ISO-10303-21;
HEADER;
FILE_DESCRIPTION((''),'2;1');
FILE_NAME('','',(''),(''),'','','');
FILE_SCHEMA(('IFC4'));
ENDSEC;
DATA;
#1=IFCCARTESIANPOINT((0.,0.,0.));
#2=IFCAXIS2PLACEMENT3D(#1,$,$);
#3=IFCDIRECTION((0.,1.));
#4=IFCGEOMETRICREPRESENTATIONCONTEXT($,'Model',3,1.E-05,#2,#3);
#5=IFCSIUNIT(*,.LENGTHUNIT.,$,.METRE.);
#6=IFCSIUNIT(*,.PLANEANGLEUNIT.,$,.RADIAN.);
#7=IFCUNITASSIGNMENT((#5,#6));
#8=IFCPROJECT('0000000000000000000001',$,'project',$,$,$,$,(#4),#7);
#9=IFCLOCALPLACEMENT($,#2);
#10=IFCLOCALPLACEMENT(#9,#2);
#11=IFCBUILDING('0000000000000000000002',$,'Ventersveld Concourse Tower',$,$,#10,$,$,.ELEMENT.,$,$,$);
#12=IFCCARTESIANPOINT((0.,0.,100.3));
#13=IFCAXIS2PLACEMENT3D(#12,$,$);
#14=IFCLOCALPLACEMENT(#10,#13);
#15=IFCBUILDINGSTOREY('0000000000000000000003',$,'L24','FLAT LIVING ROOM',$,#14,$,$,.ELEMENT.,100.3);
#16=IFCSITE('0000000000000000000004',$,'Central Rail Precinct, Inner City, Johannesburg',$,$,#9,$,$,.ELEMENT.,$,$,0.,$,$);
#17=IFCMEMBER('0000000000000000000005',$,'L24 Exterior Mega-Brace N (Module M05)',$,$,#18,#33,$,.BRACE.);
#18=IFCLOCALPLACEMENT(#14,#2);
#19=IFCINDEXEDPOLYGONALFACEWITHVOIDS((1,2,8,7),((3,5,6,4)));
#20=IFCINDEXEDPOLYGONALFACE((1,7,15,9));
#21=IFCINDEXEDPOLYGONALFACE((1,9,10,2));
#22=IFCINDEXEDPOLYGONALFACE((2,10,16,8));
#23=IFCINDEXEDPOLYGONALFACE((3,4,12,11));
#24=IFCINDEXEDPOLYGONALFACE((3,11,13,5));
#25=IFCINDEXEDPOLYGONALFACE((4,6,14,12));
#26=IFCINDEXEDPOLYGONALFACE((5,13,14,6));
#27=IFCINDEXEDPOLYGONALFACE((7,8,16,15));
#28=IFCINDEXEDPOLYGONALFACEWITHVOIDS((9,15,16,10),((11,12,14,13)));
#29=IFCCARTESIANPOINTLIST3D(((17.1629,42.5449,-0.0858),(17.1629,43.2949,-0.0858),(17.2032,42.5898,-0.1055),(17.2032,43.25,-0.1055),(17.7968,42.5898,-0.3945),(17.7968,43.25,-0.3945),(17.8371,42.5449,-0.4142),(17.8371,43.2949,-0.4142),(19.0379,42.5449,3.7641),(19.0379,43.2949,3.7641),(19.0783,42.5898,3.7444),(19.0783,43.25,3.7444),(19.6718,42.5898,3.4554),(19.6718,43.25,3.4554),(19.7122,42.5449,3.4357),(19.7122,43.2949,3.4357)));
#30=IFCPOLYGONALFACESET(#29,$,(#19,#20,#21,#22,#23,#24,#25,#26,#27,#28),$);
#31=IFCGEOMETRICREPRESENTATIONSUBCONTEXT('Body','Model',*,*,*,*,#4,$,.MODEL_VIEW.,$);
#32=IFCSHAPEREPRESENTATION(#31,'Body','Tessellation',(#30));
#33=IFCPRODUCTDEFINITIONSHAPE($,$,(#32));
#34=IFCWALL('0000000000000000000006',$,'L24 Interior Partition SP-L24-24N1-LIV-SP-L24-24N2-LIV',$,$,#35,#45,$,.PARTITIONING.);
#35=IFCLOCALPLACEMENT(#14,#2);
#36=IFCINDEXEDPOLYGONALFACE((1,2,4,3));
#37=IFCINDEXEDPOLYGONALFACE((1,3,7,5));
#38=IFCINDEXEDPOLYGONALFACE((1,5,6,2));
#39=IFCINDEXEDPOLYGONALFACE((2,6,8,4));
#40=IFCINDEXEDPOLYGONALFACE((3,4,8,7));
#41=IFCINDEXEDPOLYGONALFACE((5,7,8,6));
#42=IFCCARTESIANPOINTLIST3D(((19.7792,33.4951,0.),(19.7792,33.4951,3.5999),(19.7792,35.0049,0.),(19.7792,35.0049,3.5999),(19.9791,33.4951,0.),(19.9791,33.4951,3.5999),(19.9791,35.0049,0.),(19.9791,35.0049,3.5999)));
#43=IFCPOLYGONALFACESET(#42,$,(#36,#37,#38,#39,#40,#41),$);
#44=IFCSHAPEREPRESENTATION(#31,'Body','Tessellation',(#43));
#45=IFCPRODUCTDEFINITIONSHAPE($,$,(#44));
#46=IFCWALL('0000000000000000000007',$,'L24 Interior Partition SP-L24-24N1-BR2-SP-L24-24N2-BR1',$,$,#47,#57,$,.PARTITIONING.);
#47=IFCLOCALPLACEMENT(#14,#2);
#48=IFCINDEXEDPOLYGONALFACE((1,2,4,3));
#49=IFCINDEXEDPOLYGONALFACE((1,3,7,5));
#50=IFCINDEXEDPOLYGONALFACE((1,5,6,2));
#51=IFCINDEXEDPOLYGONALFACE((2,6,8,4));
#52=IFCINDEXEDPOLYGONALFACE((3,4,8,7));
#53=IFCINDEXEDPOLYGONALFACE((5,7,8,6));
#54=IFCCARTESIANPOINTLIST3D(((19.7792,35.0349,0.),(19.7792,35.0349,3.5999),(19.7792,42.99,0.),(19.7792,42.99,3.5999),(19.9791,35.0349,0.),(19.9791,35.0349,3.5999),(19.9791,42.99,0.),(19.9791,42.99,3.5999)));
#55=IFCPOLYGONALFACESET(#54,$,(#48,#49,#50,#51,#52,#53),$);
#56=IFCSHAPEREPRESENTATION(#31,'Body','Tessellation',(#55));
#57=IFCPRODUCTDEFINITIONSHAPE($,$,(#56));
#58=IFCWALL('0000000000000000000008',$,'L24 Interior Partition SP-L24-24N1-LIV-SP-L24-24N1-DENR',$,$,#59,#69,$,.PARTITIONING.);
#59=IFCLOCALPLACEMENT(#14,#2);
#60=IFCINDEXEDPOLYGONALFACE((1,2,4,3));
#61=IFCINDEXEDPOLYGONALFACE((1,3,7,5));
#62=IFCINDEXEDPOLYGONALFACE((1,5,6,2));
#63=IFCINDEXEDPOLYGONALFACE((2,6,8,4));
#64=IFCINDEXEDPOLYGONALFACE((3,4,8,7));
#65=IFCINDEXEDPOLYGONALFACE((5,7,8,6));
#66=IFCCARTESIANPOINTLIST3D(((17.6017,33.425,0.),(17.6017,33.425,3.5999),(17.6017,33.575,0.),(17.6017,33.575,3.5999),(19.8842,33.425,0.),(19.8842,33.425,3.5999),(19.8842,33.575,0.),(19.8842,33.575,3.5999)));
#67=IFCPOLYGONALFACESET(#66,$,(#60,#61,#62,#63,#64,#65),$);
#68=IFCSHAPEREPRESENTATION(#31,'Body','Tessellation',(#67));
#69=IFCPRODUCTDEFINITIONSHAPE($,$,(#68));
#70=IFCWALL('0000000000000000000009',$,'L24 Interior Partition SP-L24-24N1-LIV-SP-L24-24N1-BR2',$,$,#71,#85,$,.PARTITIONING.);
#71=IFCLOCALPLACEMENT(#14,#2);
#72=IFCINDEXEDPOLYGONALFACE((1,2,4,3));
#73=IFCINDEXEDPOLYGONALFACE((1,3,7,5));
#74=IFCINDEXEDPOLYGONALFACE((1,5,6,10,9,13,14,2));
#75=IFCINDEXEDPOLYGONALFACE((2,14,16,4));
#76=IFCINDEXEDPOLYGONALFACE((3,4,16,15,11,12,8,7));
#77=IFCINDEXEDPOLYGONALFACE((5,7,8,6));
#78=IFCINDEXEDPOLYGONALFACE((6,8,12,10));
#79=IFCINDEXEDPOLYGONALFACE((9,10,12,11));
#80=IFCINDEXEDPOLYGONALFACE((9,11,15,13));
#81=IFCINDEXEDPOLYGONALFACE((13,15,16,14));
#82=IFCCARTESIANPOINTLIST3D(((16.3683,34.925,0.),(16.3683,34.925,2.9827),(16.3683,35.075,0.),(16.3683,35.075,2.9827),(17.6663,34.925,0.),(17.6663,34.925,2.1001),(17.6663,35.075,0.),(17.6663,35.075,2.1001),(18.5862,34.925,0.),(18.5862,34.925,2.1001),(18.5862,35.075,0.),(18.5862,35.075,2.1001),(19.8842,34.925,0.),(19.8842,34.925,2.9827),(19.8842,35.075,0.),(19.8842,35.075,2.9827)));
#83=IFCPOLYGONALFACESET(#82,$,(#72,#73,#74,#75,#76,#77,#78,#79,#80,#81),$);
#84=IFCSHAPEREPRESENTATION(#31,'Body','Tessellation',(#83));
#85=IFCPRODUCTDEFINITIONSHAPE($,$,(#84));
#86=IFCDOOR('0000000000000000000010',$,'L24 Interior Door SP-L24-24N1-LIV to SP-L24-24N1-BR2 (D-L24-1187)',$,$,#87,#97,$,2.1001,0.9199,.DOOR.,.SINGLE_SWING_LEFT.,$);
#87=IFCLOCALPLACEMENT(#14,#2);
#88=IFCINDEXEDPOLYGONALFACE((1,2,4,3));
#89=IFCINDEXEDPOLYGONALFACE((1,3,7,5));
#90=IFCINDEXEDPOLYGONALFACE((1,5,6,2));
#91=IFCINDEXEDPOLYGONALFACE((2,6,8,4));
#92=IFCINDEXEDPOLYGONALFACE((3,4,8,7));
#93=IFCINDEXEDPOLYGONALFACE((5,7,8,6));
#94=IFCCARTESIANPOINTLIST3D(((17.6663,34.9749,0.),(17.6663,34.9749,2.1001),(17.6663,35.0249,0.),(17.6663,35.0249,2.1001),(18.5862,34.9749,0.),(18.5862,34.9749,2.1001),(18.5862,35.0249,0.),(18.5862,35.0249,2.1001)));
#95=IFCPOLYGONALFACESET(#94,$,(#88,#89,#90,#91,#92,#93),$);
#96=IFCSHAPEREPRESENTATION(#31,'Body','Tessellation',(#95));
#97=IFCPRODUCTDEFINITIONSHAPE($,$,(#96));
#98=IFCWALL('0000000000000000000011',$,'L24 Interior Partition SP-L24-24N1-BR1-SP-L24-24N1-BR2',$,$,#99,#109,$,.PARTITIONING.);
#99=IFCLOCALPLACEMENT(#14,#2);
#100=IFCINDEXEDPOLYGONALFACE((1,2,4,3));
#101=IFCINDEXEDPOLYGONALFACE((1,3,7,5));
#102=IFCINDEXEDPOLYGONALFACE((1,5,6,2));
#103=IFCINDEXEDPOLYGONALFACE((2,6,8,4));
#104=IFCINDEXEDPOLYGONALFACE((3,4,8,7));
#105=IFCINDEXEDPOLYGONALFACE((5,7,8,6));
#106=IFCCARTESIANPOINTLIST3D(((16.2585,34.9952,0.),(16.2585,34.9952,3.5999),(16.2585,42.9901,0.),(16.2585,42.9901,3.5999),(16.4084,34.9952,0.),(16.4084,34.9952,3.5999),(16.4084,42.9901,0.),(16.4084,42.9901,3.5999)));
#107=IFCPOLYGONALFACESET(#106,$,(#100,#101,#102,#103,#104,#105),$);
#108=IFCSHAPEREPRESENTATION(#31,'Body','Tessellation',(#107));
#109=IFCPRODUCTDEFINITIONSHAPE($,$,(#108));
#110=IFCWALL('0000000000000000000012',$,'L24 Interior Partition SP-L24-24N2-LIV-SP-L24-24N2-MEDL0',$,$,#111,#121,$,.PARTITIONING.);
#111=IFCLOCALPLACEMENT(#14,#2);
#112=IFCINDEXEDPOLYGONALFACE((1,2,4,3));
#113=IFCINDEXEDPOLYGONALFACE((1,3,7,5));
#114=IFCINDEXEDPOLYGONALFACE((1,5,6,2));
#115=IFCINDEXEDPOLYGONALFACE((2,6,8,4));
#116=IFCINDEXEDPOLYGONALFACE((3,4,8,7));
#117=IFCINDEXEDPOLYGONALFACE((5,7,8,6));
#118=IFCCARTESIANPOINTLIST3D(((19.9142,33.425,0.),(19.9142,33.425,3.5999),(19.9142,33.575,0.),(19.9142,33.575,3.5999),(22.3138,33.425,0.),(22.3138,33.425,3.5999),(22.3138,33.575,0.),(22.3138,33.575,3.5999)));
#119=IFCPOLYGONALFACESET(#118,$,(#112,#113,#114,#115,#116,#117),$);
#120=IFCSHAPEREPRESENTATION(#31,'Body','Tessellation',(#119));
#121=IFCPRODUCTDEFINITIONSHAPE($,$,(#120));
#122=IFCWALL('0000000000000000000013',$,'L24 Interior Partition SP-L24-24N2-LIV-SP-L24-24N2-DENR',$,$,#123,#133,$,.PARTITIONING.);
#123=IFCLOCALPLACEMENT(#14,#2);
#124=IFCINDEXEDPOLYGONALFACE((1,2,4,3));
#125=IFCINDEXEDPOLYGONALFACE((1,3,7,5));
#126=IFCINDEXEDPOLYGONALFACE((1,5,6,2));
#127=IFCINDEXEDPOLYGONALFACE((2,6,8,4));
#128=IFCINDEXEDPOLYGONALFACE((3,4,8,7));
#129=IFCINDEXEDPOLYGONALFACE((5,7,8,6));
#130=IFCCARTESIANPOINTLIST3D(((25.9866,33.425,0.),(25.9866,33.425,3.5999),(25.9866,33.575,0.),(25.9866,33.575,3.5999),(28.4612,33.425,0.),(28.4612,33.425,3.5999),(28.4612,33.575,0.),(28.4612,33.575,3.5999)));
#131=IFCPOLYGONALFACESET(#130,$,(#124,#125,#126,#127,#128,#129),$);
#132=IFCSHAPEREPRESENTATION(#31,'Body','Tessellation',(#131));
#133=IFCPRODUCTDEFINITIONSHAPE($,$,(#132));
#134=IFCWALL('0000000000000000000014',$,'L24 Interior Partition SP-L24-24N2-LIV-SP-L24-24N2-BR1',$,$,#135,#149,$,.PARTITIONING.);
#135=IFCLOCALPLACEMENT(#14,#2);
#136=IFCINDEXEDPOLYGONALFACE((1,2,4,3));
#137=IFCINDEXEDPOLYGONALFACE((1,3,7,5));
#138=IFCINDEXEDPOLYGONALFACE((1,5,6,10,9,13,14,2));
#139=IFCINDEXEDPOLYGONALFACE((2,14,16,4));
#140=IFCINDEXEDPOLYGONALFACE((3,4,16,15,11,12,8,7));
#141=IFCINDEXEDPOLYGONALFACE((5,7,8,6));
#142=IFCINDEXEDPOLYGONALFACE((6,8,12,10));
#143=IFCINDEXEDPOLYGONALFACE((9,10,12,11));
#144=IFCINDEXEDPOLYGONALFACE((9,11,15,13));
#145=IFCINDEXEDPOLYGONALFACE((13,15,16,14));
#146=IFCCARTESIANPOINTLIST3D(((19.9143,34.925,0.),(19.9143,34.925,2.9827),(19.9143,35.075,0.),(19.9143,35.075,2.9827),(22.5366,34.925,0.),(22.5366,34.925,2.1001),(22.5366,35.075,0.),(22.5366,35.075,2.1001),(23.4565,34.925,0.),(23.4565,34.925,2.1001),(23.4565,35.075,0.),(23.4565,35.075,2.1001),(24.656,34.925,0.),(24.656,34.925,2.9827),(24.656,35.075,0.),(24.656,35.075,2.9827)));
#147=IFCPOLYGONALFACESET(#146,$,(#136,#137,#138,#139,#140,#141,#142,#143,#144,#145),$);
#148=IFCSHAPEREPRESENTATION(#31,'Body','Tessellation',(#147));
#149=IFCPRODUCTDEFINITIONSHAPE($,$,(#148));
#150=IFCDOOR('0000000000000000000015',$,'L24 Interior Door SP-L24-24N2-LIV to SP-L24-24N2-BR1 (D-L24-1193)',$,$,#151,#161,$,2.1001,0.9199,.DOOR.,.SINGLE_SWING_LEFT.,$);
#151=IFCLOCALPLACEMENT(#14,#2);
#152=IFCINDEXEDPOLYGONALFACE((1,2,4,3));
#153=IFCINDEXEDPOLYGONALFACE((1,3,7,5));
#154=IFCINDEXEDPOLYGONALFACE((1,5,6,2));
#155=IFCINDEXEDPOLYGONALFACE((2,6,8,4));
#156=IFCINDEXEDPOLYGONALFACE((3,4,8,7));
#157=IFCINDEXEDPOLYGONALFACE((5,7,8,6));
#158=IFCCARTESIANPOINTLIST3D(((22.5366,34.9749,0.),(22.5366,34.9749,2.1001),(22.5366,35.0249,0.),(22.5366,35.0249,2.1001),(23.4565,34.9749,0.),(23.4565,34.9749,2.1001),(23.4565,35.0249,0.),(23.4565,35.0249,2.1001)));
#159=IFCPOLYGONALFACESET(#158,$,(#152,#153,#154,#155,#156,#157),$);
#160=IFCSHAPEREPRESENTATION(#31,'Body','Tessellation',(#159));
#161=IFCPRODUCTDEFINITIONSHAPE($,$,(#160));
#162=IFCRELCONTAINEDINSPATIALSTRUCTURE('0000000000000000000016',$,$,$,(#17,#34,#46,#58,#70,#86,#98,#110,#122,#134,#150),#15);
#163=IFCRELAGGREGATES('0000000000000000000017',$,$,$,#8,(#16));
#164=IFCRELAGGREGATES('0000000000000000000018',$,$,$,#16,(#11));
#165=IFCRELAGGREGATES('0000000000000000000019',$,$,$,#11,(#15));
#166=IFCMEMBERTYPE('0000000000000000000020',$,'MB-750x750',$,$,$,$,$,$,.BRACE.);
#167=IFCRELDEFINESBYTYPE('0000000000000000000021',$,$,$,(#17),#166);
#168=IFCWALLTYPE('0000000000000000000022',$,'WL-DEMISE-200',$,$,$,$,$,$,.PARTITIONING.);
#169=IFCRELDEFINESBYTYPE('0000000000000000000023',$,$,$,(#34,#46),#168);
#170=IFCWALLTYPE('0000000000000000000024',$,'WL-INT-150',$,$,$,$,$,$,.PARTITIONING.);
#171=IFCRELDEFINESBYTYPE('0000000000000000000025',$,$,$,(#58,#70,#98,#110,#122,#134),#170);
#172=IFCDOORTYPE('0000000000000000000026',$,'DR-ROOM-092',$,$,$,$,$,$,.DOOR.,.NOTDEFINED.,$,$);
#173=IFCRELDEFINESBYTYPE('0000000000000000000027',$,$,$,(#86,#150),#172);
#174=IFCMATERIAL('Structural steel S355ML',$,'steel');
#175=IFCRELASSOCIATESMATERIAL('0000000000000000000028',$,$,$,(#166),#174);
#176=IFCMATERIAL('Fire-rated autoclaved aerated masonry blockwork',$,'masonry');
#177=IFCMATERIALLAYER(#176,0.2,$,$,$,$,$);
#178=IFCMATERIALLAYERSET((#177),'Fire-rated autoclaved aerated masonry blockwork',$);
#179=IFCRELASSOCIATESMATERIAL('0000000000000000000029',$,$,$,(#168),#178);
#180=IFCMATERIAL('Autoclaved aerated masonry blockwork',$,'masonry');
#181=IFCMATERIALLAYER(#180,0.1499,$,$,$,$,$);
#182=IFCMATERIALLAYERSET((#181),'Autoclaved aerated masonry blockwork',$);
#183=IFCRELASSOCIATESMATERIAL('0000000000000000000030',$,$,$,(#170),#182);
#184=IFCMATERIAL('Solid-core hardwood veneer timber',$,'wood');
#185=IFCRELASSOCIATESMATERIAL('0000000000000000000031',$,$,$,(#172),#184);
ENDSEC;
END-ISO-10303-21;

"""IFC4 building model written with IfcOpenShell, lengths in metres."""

from ifc_helpers import new_model, si_unit, direction, frame, frame_2d, origin, origin_2d, place, context, subcontext, project, spatial, rectangle, hollow_rectangle, extrude, material, layer, layer_set, material_profile, profile_set, type_object, element, fill, save


model = new_model("IFC4")

# Units and contexts
model_context = context("Model", 3, precision=1e-05, world=origin(), true_north=direction((0.0, 1.0)))
body_context = subcontext(model_context, "Body", "Model", "MODEL_VIEW")
ifc_project = project(units=[si_unit("LENGTHUNIT", "METRE"), si_unit("PLANEANGLEUNIT", "RADIAN")], contexts=[model_context])

# Site, building, storey
site_placement = place(None, origin())
site = spatial("IfcSite", under=ifc_project, at=site_placement, Name="Central Rail Precinct, Inner City, Johannesburg", CompositionType="ELEMENT", RefElevation=0.0)
building_placement = place(site_placement, origin())
building = spatial("IfcBuilding", under=site, at=building_placement, Name="Ventersveld Concourse Tower", CompositionType="ELEMENT")
storey_placement = place(building_placement, frame((0.0, 0.0, 100.3)))
storey = spatial("IfcBuildingStorey", under=building, at=storey_placement, Name="L24", Description="FLAT LIVING ROOM", CompositionType="ELEMENT", Elevation=100.3)

# Member
ifc_material_1 = material(Name="Structural steel S355ML", Category="steel")
ifc_material_profile_1 = material_profile(ifc_material_1, hollow_rectangle(XDim=0.75, YDim=0.75, WallThickness=0.0449, at=origin_2d()), Name="BOX 750x750x45")
ifc_profile_set_1 = profile_set([ifc_material_profile_1], Name="Structural steel S355ML")
member_type = type_object("IfcMemberType", Name="MB-750x750", PredefinedType="BRACE", material=ifc_profile_set_1)
member_placement = place(storey_placement, frame((17.5, 42.9199, -0.25), z_axis=(0.437862, 0.0, 0.899042), x_axis=(0.0, 1.0, 0.0)))
element("IfcMember", 1, at=member_placement, inside=storey, type_object=member_type, Name="L24 Exterior Mega-Brace N (Module M05)", PredefinedType="BRACE", context=body_context, shape_type="SweptSolid", body=[
    extrude(hollow_rectangle(XDim=0.75, YDim=0.75, WallThickness=0.0449, at=origin_2d()), origin(), (0.0, 0.0, 1.0), 4.2822),
])

# Walls
ifc_material_2 = material(Name="Fire-rated autoclaved aerated masonry blockwork", Category="masonry")
ifc_layer_1 = layer(ifc_material_2, 0.2)
ifc_layer_set_1 = layer_set([ifc_layer_1], Name="Fire-rated autoclaved aerated masonry blockwork")
wall_type_1 = type_object("IfcWallType", Name="WL-DEMISE-200", PredefinedType="PARTITIONING", material=ifc_layer_set_1)
wall_1_placement = place(storey_placement, frame((19.8792, 33.4951, 0.0), z_axis=(0.0, 0.0, 1.0), x_axis=(0.0, 1.0, 0.0)))
element("IfcWall", 2, at=wall_1_placement, inside=storey, type_object=wall_type_1, Name="L24 Interior Partition SP-L24-24N1-LIV-SP-L24-24N2-LIV", PredefinedType="PARTITIONING", context=body_context, shape_type="SweptSolid", body=[
    extrude(rectangle(XDim=1.5098, YDim=0.2, at=frame_2d((0.7549, 0.0))), origin(), (0.0, 0.0, 1.0), 3.5999),
])
wall_2_placement = place(storey_placement, frame((19.8792, 35.0349, 0.0), z_axis=(0.0, 0.0, 1.0), x_axis=(0.0, 1.0, 0.0)))
element("IfcWall", 3, at=wall_2_placement, inside=storey, type_object=wall_type_1, Name="L24 Interior Partition SP-L24-24N1-BR2-SP-L24-24N2-BR1", PredefinedType="PARTITIONING", context=body_context, shape_type="SweptSolid", body=[
    extrude(rectangle(XDim=7.9551, YDim=0.2, at=frame_2d((3.9775, 0.0))), origin(), (0.0, 0.0, 1.0), 3.5999),
])
ifc_material_3 = material(Name="Autoclaved aerated masonry blockwork", Category="masonry")
ifc_layer_2 = layer(ifc_material_3, 0.1499)
ifc_layer_set_2 = layer_set([ifc_layer_2], Name="Autoclaved aerated masonry blockwork")
wall_type_2 = type_object("IfcWallType", Name="WL-INT-150", PredefinedType="PARTITIONING", material=ifc_layer_set_2)
wall_3_placement = place(storey_placement, frame((17.6018, 33.5, 0.0), z_axis=(0.0, 0.0, 1.0), x_axis=(1.0, 0.0, 0.0)))
element("IfcWall", 4, at=wall_3_placement, inside=storey, type_object=wall_type_2, Name="L24 Interior Partition SP-L24-24N1-LIV-SP-L24-24N1-DENR", PredefinedType="PARTITIONING", context=body_context, shape_type="SweptSolid", body=[
    extrude(rectangle(XDim=2.2825, YDim=0.1499, at=frame_2d((1.1411, 0.0))), origin(), (0.0, 0.0, 1.0), 3.5999),
])

# Wall, opening, door
wall_4_placement = place(storey_placement, frame((16.3684, 35.0, 0.0), z_axis=(0.0, 0.0, 1.0), x_axis=(1.0, 0.0, 0.0)))
wall_4 = element("IfcWall", 5, at=wall_4_placement, inside=storey, type_object=wall_type_2, Name="L24 Interior Partition SP-L24-24N1-LIV-SP-L24-24N1-BR2", PredefinedType="PARTITIONING", context=body_context, shape_type="SweptSolid", body=[
    extrude(rectangle(XDim=3.5159, YDim=0.1499, at=frame_2d((1.7578, 0.0))), origin(), (0.0, 0.0, 1.0), 2.9827),
])
opening_1_placement = place(wall_4_placement, frame((1.2979, 0.0, 0.0)))
opening_1 = element("IfcOpeningElement", 6, at=opening_1_placement, cuts=wall_4, PredefinedType="OPENING", context=body_context, shape_type="SweptSolid", body=[
    extrude(rectangle(XDim=0.9199, YDim=2.1001, at=frame_2d((0.46, 1.05))), frame((0.0, 0.085, 0.0), z_axis=(0.0, -1.0, 0.0), x_axis=(1.0, 0.0, 0.0)), (0.0, 0.0, 1.0), 0.1699),
])
ifc_material_4 = material(Name="Solid-core hardwood veneer timber", Category="wood")
door_type = type_object("IfcDoorType", Name="DR-ROOM-092", OperationType="NOTDEFINED", PredefinedType="DOOR", material=ifc_material_4)
door_1_placement = place(opening_1_placement, origin())
door_1 = element("IfcDoor", 7, at=door_1_placement, inside=storey, type_object=door_type, Name="L24 Interior Door SP-L24-24N1-LIV to SP-L24-24N1-BR2 (D-L24-1187)", OperationType="SINGLE_SWING_LEFT", OverallHeight=2.1001, OverallWidth=0.9199, PredefinedType="DOOR", context=body_context, shape_type="SweptSolid", body=[
    extrude(rectangle(XDim=0.9199, YDim=2.1001, at=frame_2d((0.46, 1.05))), frame((0.0, 0.0249, 0.0), z_axis=(0.0, -1.0, 0.0), x_axis=(1.0, 0.0, 0.0)), (0.0, 0.0, 1.0), 0.05),
])
fill(opening_1, door_1)

# Walls
wall_5_placement = place(storey_placement, frame((16.3335, 34.9951, 0.0), z_axis=(0.0, 0.0, 1.0), x_axis=(0.0, 1.0, 0.0)))
element("IfcWall", 8, at=wall_5_placement, inside=storey, type_object=wall_type_2, Name="L24 Interior Partition SP-L24-24N1-BR1-SP-L24-24N1-BR2", PredefinedType="PARTITIONING", context=body_context, shape_type="SweptSolid", body=[
    extrude(rectangle(XDim=7.9949, YDim=0.1499, at=frame_2d((3.9976, 0.0))), origin(), (0.0, 0.0, 1.0), 3.5999),
])
wall_6_placement = place(storey_placement, frame((19.9143, 33.5, 0.0), z_axis=(0.0, 0.0, 1.0), x_axis=(1.0, 0.0, 0.0)))
element("IfcWall", 9, at=wall_6_placement, inside=storey, type_object=wall_type_2, Name="L24 Interior Partition SP-L24-24N2-LIV-SP-L24-24N2-MEDL0", PredefinedType="PARTITIONING", context=body_context, shape_type="SweptSolid", body=[
    extrude(rectangle(XDim=2.3997, YDim=0.1499, at=frame_2d((1.1997, 0.0))), origin(), (0.0, 0.0, 1.0), 3.5999),
])
wall_7_placement = place(storey_placement, frame((25.9866, 33.5, 0.0), z_axis=(0.0, 0.0, 1.0), x_axis=(1.0, 0.0, 0.0)))
element("IfcWall", 10, at=wall_7_placement, inside=storey, type_object=wall_type_2, Name="L24 Interior Partition SP-L24-24N2-LIV-SP-L24-24N2-DENR", PredefinedType="PARTITIONING", context=body_context, shape_type="SweptSolid", body=[
    extrude(rectangle(XDim=2.4746, YDim=0.1499, at=frame_2d((1.2373, 0.0))), origin(), (0.0, 0.0, 1.0), 3.5999),
])

# Wall, opening, door
wall_8_placement = place(storey_placement, frame((19.9143, 35.0, 0.0), z_axis=(0.0, 0.0, 1.0), x_axis=(1.0, 0.0, 0.0)))
wall_8 = element("IfcWall", 11, at=wall_8_placement, inside=storey, type_object=wall_type_2, Name="L24 Interior Partition SP-L24-24N2-LIV-SP-L24-24N2-BR1", PredefinedType="PARTITIONING", context=body_context, shape_type="SweptSolid", body=[
    extrude(rectangle(XDim=4.7417, YDim=0.1499, at=frame_2d((2.3708, 0.0))), origin(), (0.0, 0.0, 1.0), 2.9827),
])
opening_2_placement = place(wall_8_placement, frame((2.6223, 0.0, 0.0)))
opening_2 = element("IfcOpeningElement", 12, at=opening_2_placement, cuts=wall_8, PredefinedType="OPENING", context=body_context, shape_type="SweptSolid", body=[
    extrude(rectangle(XDim=0.9199, YDim=2.1001, at=frame_2d((0.46, 1.05))), frame((0.0, 0.085, 0.0), z_axis=(0.0, -1.0, 0.0), x_axis=(1.0, 0.0, 0.0)), (0.0, 0.0, 1.0), 0.1699),
])
door_2_placement = place(opening_2_placement, origin())
door_2 = element("IfcDoor", 13, at=door_2_placement, inside=storey, type_object=door_type, Name="L24 Interior Door SP-L24-24N2-LIV to SP-L24-24N2-BR1 (D-L24-1193)", OperationType="SINGLE_SWING_LEFT", OverallHeight=2.1001, OverallWidth=0.9199, PredefinedType="DOOR", context=body_context, shape_type="SweptSolid", body=[
    extrude(rectangle(XDim=0.9199, YDim=2.1001, at=frame_2d((0.46, 1.05))), frame((0.0, 0.0249, 0.0), z_axis=(0.0, -1.0, 0.0), x_axis=(1.0, 0.0, 0.0)), (0.0, 0.0, 1.0), 0.05),
])
fill(opening_2, door_2)

save(model, "model.ifc")
